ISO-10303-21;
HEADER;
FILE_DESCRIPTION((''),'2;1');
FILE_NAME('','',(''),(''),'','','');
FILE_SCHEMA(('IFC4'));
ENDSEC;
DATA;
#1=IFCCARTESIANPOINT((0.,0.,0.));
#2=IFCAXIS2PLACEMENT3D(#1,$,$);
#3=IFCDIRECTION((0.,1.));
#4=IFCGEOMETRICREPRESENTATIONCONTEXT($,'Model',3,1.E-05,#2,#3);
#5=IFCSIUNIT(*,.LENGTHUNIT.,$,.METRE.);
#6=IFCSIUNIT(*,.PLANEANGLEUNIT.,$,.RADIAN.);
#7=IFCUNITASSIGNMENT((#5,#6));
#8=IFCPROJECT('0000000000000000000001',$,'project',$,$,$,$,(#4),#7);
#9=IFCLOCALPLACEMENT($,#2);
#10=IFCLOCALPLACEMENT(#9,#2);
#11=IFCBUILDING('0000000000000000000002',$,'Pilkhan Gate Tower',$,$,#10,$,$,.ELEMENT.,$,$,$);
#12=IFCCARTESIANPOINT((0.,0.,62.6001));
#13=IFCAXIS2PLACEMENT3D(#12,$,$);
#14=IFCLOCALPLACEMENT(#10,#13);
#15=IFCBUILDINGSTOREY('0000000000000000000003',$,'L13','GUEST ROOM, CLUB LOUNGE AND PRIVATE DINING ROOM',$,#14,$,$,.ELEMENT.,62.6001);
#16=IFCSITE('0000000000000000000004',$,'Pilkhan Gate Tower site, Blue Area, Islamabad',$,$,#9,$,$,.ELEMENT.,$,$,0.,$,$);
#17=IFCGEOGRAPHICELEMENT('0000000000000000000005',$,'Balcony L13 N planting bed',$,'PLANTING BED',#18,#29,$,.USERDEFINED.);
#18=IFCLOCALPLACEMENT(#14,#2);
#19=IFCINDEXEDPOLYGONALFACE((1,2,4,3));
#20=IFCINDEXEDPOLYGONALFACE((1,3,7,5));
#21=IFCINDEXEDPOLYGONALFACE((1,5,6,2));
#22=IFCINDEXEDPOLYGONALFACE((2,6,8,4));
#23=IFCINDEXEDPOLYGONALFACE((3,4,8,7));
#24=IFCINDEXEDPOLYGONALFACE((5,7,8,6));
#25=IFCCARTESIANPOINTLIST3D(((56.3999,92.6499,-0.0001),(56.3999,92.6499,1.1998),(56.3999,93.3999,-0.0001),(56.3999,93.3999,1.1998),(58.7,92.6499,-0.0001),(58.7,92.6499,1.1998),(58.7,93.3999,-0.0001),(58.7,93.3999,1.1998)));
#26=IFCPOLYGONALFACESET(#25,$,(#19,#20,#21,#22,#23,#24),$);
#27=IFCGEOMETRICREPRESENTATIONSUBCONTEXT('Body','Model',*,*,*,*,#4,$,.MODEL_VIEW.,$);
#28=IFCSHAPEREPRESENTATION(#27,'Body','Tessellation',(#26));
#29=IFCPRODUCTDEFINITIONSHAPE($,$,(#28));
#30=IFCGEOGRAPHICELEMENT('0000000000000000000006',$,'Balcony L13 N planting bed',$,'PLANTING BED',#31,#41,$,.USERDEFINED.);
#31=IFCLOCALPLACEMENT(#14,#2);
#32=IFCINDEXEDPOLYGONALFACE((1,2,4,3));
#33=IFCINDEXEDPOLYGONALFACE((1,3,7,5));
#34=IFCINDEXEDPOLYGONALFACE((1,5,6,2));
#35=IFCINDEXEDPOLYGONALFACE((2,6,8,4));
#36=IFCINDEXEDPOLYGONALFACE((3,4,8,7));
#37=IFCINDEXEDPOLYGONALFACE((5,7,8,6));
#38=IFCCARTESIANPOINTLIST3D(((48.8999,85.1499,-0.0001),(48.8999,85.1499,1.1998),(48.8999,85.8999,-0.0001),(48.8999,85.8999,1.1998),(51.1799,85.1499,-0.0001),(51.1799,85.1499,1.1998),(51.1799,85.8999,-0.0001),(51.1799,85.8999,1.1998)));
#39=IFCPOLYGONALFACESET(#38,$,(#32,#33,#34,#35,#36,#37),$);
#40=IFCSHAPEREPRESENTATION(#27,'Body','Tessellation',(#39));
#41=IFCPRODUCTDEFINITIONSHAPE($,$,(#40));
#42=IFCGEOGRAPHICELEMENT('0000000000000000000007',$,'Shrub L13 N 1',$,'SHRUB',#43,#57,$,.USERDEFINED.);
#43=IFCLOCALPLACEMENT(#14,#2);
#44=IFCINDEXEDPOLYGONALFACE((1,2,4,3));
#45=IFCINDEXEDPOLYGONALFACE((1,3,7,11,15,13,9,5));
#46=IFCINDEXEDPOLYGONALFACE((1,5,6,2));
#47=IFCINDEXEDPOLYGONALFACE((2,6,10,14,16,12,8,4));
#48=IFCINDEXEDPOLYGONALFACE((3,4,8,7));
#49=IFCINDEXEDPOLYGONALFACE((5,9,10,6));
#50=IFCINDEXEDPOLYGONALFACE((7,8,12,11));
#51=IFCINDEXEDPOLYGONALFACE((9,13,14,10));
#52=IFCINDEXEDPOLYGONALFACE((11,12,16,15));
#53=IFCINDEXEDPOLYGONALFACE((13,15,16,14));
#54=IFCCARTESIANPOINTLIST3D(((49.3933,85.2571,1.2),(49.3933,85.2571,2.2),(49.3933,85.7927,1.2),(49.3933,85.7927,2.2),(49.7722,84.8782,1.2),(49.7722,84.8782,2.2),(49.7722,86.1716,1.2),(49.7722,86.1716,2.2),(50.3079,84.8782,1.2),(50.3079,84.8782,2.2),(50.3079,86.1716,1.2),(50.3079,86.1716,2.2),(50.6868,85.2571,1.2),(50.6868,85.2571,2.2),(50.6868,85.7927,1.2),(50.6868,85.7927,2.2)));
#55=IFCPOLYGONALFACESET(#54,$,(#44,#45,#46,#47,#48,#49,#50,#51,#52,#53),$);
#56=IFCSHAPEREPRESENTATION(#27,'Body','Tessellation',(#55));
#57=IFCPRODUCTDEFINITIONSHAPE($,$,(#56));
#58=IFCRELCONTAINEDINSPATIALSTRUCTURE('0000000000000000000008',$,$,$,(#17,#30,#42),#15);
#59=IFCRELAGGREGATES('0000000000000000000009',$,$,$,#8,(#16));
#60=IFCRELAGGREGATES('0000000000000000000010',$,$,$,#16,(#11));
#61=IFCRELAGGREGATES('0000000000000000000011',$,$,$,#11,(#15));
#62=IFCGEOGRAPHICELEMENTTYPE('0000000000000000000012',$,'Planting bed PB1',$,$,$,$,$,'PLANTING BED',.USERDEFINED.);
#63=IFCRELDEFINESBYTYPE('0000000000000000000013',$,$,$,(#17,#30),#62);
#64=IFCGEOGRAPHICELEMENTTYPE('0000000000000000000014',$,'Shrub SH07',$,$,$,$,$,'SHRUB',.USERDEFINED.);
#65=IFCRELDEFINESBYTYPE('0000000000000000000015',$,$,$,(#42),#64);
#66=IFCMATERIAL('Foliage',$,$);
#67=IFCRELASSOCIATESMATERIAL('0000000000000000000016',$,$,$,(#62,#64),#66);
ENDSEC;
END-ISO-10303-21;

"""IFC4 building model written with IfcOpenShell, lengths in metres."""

from ifc_helpers import new_model, si_unit, direction, frame, origin, origin_2d, place, context, subcontext, project, spatial, polyline, rectangle, outline, extrude, material, material_profile, profile_set, type_object, element, save


model = new_model("IFC4")

# Units and contexts
model_context = context("Model", 3, precision=1e-05, world=origin(), true_north=direction((0.0, 1.0)))
body_context = subcontext(model_context, "Body", "Model", "MODEL_VIEW")
ifc_project = project(units=[si_unit("LENGTHUNIT", "METRE"), si_unit("PLANEANGLEUNIT", "RADIAN")], contexts=[model_context])

# Site, building, storey
site_placement = place(None, origin())
site = spatial("IfcSite", under=ifc_project, at=site_placement, Name="Pilkhan Gate Tower site, Blue Area, Islamabad", CompositionType="ELEMENT", RefElevation=0.0)
building_placement = place(site_placement, origin())
building = spatial("IfcBuilding", under=site, at=building_placement, Name="Pilkhan Gate Tower", CompositionType="ELEMENT")
storey_placement = place(building_placement, frame((0.0, 0.0, 62.6001)))
storey = spatial("IfcBuildingStorey", under=building, at=storey_placement, Name="L13", Description="GUEST ROOM, CLUB LOUNGE AND PRIVATE DINING ROOM", CompositionType="ELEMENT", Elevation=62.6001)

# Geographic elements
ifc_material_1 = material(Name="Foliage")
ifc_material_profile_1 = material_profile(ifc_material_1, rectangle(XDim=0.75, YDim=1.2, at=origin_2d()), Name="Bed 750x1200")
ifc_profile_set_1 = profile_set([ifc_material_profile_1], Name="Foliage")
geographic_element_type_1 = type_object("IfcGeographicElementType", Name="Planting bed PB1", ElementType="PLANTING BED", PredefinedType="USERDEFINED", material=ifc_profile_set_1)
geographic_element_1_placement = place(storey_placement, frame((56.3999, 93.0249, 0.5999), z_axis=(1.0, 0.0, 0.0), x_axis=(0.0, 1.0, 0.0)))
element("IfcGeographicElement", 1, at=geographic_element_1_placement, inside=storey, type_object=geographic_element_type_1, Name="Balcony L13 N planting bed", ObjectType="PLANTING BED", PredefinedType="USERDEFINED", context=body_context, shape_type="SweptSolid", body=[
    extrude(rectangle(XDim=0.75, YDim=1.2, at=origin_2d()), origin(), (0.0, 0.0, 1.0), 2.3),
])
geographic_element_2_placement = place(storey_placement, frame((48.8999, 85.5249, 0.5999), z_axis=(1.0, 0.0, 0.0), x_axis=(0.0, 1.0, 0.0)))
element("IfcGeographicElement", 2, at=geographic_element_2_placement, inside=storey, type_object=geographic_element_type_1, Name="Balcony L13 N planting bed", ObjectType="PLANTING BED", PredefinedType="USERDEFINED", context=body_context, shape_type="SweptSolid", body=[
    extrude(rectangle(XDim=0.75, YDim=1.2, at=origin_2d()), origin(), (0.0, 0.0, 1.0), 2.28),
])
ifc_material_profile_2 = material_profile(ifc_material_1, outline(polyline([(0.6467, 0.2678), (0.2678, 0.6467), (-0.2678, 0.6467), (-0.6467, 0.2678), (-0.6467, -0.2678), (-0.2678, -0.6467), (0.2678, -0.6467), (0.6467, -0.2678), (0.6467, 0.2678)])), Name="Shrub D1.4")
ifc_profile_set_2 = profile_set([ifc_material_profile_2], Name="Foliage")
geographic_element_type_2 = type_object("IfcGeographicElementType", Name="Shrub SH07", ElementType="SHRUB", PredefinedType="USERDEFINED", material=ifc_profile_set_2)
geographic_element_3_placement = place(storey_placement, frame((50.04, 85.5249, 1.2), z_axis=(0.0, 0.0, 1.0), x_axis=(1.0, 0.0, 0.0)))
element("IfcGeographicElement", 3, at=geographic_element_3_placement, inside=storey, type_object=geographic_element_type_2, Name="Shrub L13 N 1", ObjectType="SHRUB", PredefinedType="USERDEFINED", context=body_context, shape_type="SweptSolid", body=[
    extrude(outline(polyline([(0.6467, 0.2678), (0.2678, 0.6467), (-0.2678, 0.6467), (-0.6467, 0.2678), (-0.6467, -0.2678), (-0.2678, -0.6467), (0.2678, -0.6467), (0.6467, -0.2678), (0.6467, 0.2678)])), origin(), (0.0, 0.0, 1.0), 1.0),
])

save(model, "model.ifc")
